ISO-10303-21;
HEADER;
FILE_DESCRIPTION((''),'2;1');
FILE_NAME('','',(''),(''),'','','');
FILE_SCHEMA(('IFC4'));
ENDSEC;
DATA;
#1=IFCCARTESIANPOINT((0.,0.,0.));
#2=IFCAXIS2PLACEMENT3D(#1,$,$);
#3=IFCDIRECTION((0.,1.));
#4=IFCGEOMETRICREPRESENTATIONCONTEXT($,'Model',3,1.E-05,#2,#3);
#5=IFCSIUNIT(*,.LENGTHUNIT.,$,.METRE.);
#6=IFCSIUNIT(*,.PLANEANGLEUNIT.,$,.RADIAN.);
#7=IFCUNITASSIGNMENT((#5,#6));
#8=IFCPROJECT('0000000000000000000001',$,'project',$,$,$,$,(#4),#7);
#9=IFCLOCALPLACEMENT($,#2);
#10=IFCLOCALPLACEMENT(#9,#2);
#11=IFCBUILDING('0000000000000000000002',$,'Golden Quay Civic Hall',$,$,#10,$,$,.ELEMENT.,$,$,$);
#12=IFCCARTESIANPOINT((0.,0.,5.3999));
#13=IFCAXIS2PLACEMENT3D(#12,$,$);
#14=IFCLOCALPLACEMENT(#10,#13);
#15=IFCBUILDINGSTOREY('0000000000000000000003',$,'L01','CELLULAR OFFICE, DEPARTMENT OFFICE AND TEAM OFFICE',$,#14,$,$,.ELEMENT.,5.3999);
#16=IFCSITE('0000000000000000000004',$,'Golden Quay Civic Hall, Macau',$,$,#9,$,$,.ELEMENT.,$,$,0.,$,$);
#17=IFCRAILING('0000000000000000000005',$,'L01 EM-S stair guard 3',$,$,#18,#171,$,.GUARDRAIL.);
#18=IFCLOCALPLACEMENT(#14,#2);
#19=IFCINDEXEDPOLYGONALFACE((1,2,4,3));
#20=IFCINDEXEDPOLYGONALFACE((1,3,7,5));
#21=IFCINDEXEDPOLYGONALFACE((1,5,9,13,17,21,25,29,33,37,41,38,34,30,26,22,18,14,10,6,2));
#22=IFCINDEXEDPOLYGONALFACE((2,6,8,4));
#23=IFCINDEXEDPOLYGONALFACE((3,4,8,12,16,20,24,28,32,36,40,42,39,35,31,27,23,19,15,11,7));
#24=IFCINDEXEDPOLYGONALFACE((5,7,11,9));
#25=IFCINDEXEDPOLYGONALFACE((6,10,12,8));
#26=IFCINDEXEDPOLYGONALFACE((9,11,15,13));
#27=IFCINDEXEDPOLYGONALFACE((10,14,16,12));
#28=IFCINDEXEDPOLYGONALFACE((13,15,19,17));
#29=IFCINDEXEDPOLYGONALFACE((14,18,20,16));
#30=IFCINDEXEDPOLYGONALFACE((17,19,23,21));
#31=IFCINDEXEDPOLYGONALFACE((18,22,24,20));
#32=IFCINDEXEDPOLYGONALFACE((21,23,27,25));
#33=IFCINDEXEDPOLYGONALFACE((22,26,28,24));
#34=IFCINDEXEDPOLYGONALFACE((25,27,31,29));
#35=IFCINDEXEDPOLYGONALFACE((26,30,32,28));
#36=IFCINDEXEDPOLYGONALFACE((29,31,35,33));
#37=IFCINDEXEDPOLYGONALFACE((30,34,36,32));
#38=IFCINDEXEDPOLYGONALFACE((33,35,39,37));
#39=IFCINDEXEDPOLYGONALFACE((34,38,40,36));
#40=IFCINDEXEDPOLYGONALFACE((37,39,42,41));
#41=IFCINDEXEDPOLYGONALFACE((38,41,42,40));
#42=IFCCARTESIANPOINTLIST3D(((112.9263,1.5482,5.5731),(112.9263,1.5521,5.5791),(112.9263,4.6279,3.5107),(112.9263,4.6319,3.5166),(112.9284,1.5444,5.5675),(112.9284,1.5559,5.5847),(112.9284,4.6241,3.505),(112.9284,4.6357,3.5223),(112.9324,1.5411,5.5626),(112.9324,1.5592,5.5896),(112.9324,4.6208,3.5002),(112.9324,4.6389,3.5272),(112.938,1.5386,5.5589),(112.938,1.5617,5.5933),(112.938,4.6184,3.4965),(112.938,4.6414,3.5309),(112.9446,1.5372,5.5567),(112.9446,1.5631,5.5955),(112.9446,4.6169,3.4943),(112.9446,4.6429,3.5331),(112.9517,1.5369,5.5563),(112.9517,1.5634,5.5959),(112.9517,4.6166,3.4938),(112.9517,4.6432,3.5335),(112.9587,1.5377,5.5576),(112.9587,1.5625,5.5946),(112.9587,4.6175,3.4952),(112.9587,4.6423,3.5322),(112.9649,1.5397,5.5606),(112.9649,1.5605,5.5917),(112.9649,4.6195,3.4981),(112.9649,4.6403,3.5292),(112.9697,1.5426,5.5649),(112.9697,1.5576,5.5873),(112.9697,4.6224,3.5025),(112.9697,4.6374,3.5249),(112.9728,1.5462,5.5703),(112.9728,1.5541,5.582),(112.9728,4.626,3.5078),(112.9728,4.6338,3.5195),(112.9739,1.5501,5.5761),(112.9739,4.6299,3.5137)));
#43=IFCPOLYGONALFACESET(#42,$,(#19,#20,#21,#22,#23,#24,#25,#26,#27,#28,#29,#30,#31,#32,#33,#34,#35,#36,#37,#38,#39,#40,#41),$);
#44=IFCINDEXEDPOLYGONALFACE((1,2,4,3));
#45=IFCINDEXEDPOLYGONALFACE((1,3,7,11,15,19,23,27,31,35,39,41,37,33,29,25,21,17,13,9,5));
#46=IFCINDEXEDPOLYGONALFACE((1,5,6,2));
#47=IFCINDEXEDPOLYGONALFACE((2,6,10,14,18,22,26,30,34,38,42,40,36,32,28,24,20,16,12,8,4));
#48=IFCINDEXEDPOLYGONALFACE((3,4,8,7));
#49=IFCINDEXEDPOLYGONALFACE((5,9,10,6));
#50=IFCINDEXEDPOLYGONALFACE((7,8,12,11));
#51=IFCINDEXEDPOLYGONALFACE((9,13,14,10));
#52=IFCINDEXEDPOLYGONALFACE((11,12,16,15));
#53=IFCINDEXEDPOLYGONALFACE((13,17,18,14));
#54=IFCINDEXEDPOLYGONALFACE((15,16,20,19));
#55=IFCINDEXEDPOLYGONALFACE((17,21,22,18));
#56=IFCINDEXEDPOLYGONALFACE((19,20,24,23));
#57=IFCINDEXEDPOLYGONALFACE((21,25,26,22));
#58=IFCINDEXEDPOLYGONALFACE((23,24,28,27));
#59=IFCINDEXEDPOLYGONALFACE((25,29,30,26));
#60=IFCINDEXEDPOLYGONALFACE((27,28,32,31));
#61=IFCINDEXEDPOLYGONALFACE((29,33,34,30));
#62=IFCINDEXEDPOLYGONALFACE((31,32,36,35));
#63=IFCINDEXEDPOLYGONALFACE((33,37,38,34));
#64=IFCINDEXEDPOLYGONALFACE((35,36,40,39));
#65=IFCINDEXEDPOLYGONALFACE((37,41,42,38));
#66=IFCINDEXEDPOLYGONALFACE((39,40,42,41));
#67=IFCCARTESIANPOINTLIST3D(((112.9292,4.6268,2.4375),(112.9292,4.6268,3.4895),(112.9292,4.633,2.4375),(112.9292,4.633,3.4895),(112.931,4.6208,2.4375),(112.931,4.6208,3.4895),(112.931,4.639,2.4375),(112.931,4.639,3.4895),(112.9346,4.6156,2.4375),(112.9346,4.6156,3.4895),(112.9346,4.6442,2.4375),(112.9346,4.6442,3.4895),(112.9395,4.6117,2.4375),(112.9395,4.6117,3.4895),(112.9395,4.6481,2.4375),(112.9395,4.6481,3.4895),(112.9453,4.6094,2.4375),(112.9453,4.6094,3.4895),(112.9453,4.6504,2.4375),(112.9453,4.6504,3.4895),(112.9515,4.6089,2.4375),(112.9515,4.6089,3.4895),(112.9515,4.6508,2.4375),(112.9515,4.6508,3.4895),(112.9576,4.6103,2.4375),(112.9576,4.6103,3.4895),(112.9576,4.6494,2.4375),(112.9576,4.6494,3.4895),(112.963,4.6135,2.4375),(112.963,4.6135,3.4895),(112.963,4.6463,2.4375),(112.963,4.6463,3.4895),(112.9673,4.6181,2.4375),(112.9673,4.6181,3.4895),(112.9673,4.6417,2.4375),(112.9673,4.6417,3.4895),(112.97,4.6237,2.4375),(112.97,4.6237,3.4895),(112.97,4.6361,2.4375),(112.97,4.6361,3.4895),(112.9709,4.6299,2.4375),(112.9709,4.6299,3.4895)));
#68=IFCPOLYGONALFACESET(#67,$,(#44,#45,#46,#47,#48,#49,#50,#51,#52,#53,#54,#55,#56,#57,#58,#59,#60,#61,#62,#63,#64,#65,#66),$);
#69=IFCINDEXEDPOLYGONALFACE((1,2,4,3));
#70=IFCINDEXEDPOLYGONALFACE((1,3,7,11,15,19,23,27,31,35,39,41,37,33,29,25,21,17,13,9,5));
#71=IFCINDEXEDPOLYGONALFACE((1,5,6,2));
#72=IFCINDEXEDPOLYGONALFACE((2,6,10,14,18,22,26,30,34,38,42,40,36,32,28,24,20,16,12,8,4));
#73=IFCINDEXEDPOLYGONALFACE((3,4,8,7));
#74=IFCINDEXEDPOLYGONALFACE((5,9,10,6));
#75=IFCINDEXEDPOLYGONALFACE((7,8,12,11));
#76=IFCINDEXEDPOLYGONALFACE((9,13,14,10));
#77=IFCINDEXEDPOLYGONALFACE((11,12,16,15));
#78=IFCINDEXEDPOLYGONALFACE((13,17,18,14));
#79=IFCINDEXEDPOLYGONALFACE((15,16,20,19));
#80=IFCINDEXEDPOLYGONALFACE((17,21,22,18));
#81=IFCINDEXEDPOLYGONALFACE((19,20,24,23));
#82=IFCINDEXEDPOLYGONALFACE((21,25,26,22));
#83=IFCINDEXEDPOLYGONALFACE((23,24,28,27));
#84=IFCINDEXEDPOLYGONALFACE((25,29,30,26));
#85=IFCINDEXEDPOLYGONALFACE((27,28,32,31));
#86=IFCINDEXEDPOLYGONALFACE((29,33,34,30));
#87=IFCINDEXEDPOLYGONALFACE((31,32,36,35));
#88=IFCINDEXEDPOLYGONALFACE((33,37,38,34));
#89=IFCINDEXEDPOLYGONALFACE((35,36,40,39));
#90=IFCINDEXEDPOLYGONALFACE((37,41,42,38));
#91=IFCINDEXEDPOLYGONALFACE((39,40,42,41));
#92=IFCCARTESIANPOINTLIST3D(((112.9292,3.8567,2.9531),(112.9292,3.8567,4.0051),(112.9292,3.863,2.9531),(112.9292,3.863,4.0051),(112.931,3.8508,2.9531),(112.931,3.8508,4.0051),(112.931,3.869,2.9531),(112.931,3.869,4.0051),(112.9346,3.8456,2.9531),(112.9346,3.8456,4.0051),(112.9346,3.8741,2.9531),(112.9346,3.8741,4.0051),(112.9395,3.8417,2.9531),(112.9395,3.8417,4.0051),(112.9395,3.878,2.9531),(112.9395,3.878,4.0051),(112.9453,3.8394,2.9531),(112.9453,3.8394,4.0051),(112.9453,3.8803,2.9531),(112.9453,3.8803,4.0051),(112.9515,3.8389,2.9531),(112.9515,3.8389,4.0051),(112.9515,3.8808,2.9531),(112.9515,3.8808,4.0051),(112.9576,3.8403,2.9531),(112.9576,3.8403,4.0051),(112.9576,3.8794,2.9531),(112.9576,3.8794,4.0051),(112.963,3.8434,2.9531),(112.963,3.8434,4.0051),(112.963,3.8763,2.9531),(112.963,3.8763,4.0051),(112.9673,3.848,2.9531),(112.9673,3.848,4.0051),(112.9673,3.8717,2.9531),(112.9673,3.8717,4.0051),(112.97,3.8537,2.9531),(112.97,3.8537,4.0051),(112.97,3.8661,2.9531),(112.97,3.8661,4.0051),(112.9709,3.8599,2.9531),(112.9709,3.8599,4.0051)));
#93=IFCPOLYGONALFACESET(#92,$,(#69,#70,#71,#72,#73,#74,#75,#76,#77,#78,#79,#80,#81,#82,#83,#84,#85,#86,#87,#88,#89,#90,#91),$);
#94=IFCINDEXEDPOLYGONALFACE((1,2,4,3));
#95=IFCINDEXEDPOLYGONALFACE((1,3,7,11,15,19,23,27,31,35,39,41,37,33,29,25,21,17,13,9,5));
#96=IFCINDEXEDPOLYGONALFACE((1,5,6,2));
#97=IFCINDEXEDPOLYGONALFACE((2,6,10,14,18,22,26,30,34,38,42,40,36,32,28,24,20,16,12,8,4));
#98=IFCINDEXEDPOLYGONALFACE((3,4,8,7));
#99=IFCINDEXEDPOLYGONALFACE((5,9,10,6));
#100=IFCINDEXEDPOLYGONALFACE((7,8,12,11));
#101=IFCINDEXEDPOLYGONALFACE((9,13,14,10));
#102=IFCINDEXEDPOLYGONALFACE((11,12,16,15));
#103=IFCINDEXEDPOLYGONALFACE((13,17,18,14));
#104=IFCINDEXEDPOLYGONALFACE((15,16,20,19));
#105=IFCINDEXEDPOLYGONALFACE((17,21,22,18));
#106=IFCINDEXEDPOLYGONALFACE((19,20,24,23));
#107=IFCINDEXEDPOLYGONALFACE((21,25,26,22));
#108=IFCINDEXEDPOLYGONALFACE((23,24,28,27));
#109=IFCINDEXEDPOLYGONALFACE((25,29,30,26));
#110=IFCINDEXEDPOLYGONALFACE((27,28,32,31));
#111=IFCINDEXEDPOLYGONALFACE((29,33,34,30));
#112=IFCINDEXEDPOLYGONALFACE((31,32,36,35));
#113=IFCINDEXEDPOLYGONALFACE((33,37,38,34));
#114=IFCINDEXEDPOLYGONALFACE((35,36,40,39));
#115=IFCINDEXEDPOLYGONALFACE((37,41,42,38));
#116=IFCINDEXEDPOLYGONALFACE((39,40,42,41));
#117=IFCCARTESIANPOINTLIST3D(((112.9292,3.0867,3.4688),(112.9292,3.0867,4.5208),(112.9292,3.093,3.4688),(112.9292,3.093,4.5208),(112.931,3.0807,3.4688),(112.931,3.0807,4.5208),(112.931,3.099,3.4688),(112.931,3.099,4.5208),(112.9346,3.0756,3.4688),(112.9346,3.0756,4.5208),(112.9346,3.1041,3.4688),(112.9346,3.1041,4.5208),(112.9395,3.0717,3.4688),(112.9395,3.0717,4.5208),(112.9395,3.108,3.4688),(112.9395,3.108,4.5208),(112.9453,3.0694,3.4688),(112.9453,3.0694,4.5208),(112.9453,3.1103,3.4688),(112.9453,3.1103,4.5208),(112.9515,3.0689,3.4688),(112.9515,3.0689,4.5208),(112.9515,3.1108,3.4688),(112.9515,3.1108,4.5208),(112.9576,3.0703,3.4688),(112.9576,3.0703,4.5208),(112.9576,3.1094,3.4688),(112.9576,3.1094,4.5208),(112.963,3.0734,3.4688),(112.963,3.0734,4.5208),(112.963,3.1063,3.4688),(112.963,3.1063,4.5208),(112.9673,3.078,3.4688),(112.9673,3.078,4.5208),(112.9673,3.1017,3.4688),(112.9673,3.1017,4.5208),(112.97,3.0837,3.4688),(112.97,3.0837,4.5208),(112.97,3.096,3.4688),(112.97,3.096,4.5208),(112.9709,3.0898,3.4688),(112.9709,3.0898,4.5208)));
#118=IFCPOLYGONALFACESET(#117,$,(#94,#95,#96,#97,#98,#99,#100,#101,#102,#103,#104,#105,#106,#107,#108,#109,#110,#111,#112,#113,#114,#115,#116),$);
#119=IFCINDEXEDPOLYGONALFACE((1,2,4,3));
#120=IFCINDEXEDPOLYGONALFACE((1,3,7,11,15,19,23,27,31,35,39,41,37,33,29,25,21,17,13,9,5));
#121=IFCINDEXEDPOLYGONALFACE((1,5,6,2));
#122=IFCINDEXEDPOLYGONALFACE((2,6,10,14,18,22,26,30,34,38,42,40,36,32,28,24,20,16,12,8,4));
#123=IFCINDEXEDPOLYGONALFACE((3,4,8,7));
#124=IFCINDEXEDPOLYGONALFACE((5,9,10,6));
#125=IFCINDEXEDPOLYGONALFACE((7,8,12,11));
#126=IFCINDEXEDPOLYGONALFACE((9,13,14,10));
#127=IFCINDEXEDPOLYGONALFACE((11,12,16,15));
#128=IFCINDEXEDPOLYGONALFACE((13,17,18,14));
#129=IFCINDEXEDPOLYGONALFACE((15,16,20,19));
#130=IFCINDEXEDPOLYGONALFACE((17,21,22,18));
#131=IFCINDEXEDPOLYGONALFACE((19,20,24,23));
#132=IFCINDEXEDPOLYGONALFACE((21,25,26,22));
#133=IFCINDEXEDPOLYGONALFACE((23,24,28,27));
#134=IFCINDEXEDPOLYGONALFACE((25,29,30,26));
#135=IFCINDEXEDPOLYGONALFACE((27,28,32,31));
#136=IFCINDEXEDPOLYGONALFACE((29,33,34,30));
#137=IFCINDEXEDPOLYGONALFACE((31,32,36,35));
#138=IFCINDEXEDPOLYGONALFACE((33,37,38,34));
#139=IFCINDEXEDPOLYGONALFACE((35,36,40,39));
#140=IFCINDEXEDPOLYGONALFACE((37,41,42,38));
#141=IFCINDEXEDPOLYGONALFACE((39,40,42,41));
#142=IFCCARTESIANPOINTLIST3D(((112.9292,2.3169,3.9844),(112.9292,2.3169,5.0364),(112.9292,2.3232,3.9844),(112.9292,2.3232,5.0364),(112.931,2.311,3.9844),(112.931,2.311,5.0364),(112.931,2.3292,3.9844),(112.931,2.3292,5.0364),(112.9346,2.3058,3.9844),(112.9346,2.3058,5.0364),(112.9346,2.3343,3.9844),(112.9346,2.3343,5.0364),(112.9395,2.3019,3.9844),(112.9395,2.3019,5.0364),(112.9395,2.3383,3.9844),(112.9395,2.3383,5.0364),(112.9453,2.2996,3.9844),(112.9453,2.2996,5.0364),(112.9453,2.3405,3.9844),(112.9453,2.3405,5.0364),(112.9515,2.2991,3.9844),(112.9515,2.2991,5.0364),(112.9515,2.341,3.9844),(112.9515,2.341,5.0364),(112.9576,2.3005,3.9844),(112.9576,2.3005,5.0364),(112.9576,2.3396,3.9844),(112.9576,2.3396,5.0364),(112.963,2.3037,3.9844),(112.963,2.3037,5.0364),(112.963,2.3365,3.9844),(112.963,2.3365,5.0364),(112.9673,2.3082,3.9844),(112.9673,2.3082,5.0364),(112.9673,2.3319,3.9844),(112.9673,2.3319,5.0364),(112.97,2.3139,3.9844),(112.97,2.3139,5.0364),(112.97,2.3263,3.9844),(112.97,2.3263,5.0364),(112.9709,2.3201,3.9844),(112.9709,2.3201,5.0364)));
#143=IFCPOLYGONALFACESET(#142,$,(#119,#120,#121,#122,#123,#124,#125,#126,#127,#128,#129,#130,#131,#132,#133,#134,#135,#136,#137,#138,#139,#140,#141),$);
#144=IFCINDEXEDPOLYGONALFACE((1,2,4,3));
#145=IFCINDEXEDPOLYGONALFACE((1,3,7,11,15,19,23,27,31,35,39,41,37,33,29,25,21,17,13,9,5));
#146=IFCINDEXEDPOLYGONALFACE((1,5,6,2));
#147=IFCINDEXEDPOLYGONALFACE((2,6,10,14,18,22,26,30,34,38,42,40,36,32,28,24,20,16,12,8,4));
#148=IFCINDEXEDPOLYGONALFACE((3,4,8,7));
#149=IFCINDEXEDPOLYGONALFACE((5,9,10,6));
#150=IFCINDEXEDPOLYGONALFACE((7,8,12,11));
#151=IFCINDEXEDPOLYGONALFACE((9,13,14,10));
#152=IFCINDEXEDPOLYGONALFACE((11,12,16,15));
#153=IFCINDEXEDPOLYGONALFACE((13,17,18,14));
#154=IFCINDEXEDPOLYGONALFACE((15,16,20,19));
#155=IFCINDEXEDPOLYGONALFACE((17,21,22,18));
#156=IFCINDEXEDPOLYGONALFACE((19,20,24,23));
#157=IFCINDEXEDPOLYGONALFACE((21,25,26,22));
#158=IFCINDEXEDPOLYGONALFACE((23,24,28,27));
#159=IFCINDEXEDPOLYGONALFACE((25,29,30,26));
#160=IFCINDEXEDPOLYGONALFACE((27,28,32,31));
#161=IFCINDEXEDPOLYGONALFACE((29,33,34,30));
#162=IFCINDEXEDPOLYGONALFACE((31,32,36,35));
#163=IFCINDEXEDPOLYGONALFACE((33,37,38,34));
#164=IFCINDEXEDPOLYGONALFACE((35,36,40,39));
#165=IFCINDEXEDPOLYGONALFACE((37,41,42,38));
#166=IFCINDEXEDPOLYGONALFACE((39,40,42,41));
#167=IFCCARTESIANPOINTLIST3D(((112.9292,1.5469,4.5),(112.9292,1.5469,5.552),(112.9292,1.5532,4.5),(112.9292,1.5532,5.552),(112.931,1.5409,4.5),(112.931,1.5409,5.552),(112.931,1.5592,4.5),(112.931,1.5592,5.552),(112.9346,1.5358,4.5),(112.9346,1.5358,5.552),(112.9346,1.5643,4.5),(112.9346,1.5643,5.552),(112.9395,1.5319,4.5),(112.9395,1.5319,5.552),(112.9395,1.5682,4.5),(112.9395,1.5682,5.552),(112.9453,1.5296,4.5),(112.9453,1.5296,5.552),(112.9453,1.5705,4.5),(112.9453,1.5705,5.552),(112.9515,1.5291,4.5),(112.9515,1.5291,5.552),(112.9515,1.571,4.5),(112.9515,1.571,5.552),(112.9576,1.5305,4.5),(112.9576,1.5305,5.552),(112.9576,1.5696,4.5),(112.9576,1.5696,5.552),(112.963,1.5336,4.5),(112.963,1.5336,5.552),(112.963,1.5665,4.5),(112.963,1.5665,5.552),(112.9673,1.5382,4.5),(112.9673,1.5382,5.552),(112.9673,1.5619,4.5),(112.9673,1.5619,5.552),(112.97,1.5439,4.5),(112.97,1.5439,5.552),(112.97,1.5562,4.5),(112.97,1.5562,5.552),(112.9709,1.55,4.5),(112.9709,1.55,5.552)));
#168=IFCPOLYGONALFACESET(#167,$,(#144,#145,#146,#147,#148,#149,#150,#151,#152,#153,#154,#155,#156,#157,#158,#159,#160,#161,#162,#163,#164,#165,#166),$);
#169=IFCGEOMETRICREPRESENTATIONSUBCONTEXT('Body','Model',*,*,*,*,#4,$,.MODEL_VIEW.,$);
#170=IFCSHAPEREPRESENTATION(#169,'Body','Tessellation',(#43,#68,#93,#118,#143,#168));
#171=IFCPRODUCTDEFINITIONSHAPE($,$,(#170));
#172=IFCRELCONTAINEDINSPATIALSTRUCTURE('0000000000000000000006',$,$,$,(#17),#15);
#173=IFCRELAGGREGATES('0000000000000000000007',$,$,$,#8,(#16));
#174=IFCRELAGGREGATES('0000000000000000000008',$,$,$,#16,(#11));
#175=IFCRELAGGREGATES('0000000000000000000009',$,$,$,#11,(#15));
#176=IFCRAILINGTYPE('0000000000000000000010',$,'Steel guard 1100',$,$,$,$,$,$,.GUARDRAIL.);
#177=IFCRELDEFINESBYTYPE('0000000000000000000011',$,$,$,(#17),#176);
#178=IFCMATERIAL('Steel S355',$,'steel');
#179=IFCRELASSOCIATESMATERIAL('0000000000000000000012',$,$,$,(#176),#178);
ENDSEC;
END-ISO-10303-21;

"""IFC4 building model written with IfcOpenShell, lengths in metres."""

from ifc_helpers import new_model, si_unit, direction, frame, origin, origin_2d, place, context, subcontext, project, spatial, circle, extrude, material, type_object, element, save


model = new_model("IFC4")

# Units and contexts
model_context = context("Model", 3, precision=1e-05, world=origin(), true_north=direction((0.0, 1.0)))
body_context = subcontext(model_context, "Body", "Model", "MODEL_VIEW")
ifc_project = project(units=[si_unit("LENGTHUNIT", "METRE"), si_unit("PLANEANGLEUNIT", "RADIAN")], contexts=[model_context])

# Site, building, storey
site_placement = place(None, origin())
site = spatial("IfcSite", under=ifc_project, at=site_placement, Name="Golden Quay Civic Hall, Macau", CompositionType="ELEMENT", RefElevation=0.0)
building_placement = place(site_placement, origin())
building = spatial("IfcBuilding", under=site, at=building_placement, Name="Golden Quay Civic Hall", CompositionType="ELEMENT")
storey_placement = place(building_placement, frame((0.0, 0.0, 5.3999)))
storey = spatial("IfcBuildingStorey", under=building, at=storey_placement, Name="L01", Description="CELLULAR OFFICE, DEPARTMENT OFFICE AND TEAM OFFICE", CompositionType="ELEMENT", Elevation=5.3999)

# Railing
ifc_material_1 = material(Name="Steel S355", Category="steel")
railing_type_1 = type_object("IfcRailingType", Name="Steel guard 1100", PredefinedType="GUARDRAIL", material=ifc_material_1)
railing_1_placement = place(storey_placement, frame((112.95, 4.6299, 2.4375)))
element("IfcRailing", 1, at=railing_1_placement, inside=storey, type_object=railing_type_1, Name="L01 EM-S stair guard 3", PredefinedType="GUARDRAIL", context=body_context, shape_type="SweptSolid", body=[
    extrude(circle(Radius=0.0239, at=origin_2d()), frame((0.0, 0.0, 1.0762), z_axis=(0.0, -0.830893, 0.556432), x_axis=(1.0, 0.0, 0.0)), (0.0, 0.0, 1.0), 3.7065),
    extrude(circle(Radius=0.021, at=origin_2d()), origin(), (0.0, 0.0, 1.0), 1.052),
    extrude(circle(Radius=0.021, at=origin_2d()), frame((0.0, -0.77, 0.5156)), (0.0, 0.0, 1.0), 1.052),
    extrude(circle(Radius=0.021, at=origin_2d()), frame((0.0, -1.54, 1.0312)), (0.0, 0.0, 1.0), 1.052),
    extrude(circle(Radius=0.021, at=origin_2d()), frame((0.0, -2.3098, 1.5469)), (0.0, 0.0, 1.0), 1.052),
    extrude(circle(Radius=0.021, at=origin_2d()), frame((0.0, -3.0798, 2.0625)), (0.0, 0.0, 1.0), 1.052),
])

save(model, "model.ifc")
